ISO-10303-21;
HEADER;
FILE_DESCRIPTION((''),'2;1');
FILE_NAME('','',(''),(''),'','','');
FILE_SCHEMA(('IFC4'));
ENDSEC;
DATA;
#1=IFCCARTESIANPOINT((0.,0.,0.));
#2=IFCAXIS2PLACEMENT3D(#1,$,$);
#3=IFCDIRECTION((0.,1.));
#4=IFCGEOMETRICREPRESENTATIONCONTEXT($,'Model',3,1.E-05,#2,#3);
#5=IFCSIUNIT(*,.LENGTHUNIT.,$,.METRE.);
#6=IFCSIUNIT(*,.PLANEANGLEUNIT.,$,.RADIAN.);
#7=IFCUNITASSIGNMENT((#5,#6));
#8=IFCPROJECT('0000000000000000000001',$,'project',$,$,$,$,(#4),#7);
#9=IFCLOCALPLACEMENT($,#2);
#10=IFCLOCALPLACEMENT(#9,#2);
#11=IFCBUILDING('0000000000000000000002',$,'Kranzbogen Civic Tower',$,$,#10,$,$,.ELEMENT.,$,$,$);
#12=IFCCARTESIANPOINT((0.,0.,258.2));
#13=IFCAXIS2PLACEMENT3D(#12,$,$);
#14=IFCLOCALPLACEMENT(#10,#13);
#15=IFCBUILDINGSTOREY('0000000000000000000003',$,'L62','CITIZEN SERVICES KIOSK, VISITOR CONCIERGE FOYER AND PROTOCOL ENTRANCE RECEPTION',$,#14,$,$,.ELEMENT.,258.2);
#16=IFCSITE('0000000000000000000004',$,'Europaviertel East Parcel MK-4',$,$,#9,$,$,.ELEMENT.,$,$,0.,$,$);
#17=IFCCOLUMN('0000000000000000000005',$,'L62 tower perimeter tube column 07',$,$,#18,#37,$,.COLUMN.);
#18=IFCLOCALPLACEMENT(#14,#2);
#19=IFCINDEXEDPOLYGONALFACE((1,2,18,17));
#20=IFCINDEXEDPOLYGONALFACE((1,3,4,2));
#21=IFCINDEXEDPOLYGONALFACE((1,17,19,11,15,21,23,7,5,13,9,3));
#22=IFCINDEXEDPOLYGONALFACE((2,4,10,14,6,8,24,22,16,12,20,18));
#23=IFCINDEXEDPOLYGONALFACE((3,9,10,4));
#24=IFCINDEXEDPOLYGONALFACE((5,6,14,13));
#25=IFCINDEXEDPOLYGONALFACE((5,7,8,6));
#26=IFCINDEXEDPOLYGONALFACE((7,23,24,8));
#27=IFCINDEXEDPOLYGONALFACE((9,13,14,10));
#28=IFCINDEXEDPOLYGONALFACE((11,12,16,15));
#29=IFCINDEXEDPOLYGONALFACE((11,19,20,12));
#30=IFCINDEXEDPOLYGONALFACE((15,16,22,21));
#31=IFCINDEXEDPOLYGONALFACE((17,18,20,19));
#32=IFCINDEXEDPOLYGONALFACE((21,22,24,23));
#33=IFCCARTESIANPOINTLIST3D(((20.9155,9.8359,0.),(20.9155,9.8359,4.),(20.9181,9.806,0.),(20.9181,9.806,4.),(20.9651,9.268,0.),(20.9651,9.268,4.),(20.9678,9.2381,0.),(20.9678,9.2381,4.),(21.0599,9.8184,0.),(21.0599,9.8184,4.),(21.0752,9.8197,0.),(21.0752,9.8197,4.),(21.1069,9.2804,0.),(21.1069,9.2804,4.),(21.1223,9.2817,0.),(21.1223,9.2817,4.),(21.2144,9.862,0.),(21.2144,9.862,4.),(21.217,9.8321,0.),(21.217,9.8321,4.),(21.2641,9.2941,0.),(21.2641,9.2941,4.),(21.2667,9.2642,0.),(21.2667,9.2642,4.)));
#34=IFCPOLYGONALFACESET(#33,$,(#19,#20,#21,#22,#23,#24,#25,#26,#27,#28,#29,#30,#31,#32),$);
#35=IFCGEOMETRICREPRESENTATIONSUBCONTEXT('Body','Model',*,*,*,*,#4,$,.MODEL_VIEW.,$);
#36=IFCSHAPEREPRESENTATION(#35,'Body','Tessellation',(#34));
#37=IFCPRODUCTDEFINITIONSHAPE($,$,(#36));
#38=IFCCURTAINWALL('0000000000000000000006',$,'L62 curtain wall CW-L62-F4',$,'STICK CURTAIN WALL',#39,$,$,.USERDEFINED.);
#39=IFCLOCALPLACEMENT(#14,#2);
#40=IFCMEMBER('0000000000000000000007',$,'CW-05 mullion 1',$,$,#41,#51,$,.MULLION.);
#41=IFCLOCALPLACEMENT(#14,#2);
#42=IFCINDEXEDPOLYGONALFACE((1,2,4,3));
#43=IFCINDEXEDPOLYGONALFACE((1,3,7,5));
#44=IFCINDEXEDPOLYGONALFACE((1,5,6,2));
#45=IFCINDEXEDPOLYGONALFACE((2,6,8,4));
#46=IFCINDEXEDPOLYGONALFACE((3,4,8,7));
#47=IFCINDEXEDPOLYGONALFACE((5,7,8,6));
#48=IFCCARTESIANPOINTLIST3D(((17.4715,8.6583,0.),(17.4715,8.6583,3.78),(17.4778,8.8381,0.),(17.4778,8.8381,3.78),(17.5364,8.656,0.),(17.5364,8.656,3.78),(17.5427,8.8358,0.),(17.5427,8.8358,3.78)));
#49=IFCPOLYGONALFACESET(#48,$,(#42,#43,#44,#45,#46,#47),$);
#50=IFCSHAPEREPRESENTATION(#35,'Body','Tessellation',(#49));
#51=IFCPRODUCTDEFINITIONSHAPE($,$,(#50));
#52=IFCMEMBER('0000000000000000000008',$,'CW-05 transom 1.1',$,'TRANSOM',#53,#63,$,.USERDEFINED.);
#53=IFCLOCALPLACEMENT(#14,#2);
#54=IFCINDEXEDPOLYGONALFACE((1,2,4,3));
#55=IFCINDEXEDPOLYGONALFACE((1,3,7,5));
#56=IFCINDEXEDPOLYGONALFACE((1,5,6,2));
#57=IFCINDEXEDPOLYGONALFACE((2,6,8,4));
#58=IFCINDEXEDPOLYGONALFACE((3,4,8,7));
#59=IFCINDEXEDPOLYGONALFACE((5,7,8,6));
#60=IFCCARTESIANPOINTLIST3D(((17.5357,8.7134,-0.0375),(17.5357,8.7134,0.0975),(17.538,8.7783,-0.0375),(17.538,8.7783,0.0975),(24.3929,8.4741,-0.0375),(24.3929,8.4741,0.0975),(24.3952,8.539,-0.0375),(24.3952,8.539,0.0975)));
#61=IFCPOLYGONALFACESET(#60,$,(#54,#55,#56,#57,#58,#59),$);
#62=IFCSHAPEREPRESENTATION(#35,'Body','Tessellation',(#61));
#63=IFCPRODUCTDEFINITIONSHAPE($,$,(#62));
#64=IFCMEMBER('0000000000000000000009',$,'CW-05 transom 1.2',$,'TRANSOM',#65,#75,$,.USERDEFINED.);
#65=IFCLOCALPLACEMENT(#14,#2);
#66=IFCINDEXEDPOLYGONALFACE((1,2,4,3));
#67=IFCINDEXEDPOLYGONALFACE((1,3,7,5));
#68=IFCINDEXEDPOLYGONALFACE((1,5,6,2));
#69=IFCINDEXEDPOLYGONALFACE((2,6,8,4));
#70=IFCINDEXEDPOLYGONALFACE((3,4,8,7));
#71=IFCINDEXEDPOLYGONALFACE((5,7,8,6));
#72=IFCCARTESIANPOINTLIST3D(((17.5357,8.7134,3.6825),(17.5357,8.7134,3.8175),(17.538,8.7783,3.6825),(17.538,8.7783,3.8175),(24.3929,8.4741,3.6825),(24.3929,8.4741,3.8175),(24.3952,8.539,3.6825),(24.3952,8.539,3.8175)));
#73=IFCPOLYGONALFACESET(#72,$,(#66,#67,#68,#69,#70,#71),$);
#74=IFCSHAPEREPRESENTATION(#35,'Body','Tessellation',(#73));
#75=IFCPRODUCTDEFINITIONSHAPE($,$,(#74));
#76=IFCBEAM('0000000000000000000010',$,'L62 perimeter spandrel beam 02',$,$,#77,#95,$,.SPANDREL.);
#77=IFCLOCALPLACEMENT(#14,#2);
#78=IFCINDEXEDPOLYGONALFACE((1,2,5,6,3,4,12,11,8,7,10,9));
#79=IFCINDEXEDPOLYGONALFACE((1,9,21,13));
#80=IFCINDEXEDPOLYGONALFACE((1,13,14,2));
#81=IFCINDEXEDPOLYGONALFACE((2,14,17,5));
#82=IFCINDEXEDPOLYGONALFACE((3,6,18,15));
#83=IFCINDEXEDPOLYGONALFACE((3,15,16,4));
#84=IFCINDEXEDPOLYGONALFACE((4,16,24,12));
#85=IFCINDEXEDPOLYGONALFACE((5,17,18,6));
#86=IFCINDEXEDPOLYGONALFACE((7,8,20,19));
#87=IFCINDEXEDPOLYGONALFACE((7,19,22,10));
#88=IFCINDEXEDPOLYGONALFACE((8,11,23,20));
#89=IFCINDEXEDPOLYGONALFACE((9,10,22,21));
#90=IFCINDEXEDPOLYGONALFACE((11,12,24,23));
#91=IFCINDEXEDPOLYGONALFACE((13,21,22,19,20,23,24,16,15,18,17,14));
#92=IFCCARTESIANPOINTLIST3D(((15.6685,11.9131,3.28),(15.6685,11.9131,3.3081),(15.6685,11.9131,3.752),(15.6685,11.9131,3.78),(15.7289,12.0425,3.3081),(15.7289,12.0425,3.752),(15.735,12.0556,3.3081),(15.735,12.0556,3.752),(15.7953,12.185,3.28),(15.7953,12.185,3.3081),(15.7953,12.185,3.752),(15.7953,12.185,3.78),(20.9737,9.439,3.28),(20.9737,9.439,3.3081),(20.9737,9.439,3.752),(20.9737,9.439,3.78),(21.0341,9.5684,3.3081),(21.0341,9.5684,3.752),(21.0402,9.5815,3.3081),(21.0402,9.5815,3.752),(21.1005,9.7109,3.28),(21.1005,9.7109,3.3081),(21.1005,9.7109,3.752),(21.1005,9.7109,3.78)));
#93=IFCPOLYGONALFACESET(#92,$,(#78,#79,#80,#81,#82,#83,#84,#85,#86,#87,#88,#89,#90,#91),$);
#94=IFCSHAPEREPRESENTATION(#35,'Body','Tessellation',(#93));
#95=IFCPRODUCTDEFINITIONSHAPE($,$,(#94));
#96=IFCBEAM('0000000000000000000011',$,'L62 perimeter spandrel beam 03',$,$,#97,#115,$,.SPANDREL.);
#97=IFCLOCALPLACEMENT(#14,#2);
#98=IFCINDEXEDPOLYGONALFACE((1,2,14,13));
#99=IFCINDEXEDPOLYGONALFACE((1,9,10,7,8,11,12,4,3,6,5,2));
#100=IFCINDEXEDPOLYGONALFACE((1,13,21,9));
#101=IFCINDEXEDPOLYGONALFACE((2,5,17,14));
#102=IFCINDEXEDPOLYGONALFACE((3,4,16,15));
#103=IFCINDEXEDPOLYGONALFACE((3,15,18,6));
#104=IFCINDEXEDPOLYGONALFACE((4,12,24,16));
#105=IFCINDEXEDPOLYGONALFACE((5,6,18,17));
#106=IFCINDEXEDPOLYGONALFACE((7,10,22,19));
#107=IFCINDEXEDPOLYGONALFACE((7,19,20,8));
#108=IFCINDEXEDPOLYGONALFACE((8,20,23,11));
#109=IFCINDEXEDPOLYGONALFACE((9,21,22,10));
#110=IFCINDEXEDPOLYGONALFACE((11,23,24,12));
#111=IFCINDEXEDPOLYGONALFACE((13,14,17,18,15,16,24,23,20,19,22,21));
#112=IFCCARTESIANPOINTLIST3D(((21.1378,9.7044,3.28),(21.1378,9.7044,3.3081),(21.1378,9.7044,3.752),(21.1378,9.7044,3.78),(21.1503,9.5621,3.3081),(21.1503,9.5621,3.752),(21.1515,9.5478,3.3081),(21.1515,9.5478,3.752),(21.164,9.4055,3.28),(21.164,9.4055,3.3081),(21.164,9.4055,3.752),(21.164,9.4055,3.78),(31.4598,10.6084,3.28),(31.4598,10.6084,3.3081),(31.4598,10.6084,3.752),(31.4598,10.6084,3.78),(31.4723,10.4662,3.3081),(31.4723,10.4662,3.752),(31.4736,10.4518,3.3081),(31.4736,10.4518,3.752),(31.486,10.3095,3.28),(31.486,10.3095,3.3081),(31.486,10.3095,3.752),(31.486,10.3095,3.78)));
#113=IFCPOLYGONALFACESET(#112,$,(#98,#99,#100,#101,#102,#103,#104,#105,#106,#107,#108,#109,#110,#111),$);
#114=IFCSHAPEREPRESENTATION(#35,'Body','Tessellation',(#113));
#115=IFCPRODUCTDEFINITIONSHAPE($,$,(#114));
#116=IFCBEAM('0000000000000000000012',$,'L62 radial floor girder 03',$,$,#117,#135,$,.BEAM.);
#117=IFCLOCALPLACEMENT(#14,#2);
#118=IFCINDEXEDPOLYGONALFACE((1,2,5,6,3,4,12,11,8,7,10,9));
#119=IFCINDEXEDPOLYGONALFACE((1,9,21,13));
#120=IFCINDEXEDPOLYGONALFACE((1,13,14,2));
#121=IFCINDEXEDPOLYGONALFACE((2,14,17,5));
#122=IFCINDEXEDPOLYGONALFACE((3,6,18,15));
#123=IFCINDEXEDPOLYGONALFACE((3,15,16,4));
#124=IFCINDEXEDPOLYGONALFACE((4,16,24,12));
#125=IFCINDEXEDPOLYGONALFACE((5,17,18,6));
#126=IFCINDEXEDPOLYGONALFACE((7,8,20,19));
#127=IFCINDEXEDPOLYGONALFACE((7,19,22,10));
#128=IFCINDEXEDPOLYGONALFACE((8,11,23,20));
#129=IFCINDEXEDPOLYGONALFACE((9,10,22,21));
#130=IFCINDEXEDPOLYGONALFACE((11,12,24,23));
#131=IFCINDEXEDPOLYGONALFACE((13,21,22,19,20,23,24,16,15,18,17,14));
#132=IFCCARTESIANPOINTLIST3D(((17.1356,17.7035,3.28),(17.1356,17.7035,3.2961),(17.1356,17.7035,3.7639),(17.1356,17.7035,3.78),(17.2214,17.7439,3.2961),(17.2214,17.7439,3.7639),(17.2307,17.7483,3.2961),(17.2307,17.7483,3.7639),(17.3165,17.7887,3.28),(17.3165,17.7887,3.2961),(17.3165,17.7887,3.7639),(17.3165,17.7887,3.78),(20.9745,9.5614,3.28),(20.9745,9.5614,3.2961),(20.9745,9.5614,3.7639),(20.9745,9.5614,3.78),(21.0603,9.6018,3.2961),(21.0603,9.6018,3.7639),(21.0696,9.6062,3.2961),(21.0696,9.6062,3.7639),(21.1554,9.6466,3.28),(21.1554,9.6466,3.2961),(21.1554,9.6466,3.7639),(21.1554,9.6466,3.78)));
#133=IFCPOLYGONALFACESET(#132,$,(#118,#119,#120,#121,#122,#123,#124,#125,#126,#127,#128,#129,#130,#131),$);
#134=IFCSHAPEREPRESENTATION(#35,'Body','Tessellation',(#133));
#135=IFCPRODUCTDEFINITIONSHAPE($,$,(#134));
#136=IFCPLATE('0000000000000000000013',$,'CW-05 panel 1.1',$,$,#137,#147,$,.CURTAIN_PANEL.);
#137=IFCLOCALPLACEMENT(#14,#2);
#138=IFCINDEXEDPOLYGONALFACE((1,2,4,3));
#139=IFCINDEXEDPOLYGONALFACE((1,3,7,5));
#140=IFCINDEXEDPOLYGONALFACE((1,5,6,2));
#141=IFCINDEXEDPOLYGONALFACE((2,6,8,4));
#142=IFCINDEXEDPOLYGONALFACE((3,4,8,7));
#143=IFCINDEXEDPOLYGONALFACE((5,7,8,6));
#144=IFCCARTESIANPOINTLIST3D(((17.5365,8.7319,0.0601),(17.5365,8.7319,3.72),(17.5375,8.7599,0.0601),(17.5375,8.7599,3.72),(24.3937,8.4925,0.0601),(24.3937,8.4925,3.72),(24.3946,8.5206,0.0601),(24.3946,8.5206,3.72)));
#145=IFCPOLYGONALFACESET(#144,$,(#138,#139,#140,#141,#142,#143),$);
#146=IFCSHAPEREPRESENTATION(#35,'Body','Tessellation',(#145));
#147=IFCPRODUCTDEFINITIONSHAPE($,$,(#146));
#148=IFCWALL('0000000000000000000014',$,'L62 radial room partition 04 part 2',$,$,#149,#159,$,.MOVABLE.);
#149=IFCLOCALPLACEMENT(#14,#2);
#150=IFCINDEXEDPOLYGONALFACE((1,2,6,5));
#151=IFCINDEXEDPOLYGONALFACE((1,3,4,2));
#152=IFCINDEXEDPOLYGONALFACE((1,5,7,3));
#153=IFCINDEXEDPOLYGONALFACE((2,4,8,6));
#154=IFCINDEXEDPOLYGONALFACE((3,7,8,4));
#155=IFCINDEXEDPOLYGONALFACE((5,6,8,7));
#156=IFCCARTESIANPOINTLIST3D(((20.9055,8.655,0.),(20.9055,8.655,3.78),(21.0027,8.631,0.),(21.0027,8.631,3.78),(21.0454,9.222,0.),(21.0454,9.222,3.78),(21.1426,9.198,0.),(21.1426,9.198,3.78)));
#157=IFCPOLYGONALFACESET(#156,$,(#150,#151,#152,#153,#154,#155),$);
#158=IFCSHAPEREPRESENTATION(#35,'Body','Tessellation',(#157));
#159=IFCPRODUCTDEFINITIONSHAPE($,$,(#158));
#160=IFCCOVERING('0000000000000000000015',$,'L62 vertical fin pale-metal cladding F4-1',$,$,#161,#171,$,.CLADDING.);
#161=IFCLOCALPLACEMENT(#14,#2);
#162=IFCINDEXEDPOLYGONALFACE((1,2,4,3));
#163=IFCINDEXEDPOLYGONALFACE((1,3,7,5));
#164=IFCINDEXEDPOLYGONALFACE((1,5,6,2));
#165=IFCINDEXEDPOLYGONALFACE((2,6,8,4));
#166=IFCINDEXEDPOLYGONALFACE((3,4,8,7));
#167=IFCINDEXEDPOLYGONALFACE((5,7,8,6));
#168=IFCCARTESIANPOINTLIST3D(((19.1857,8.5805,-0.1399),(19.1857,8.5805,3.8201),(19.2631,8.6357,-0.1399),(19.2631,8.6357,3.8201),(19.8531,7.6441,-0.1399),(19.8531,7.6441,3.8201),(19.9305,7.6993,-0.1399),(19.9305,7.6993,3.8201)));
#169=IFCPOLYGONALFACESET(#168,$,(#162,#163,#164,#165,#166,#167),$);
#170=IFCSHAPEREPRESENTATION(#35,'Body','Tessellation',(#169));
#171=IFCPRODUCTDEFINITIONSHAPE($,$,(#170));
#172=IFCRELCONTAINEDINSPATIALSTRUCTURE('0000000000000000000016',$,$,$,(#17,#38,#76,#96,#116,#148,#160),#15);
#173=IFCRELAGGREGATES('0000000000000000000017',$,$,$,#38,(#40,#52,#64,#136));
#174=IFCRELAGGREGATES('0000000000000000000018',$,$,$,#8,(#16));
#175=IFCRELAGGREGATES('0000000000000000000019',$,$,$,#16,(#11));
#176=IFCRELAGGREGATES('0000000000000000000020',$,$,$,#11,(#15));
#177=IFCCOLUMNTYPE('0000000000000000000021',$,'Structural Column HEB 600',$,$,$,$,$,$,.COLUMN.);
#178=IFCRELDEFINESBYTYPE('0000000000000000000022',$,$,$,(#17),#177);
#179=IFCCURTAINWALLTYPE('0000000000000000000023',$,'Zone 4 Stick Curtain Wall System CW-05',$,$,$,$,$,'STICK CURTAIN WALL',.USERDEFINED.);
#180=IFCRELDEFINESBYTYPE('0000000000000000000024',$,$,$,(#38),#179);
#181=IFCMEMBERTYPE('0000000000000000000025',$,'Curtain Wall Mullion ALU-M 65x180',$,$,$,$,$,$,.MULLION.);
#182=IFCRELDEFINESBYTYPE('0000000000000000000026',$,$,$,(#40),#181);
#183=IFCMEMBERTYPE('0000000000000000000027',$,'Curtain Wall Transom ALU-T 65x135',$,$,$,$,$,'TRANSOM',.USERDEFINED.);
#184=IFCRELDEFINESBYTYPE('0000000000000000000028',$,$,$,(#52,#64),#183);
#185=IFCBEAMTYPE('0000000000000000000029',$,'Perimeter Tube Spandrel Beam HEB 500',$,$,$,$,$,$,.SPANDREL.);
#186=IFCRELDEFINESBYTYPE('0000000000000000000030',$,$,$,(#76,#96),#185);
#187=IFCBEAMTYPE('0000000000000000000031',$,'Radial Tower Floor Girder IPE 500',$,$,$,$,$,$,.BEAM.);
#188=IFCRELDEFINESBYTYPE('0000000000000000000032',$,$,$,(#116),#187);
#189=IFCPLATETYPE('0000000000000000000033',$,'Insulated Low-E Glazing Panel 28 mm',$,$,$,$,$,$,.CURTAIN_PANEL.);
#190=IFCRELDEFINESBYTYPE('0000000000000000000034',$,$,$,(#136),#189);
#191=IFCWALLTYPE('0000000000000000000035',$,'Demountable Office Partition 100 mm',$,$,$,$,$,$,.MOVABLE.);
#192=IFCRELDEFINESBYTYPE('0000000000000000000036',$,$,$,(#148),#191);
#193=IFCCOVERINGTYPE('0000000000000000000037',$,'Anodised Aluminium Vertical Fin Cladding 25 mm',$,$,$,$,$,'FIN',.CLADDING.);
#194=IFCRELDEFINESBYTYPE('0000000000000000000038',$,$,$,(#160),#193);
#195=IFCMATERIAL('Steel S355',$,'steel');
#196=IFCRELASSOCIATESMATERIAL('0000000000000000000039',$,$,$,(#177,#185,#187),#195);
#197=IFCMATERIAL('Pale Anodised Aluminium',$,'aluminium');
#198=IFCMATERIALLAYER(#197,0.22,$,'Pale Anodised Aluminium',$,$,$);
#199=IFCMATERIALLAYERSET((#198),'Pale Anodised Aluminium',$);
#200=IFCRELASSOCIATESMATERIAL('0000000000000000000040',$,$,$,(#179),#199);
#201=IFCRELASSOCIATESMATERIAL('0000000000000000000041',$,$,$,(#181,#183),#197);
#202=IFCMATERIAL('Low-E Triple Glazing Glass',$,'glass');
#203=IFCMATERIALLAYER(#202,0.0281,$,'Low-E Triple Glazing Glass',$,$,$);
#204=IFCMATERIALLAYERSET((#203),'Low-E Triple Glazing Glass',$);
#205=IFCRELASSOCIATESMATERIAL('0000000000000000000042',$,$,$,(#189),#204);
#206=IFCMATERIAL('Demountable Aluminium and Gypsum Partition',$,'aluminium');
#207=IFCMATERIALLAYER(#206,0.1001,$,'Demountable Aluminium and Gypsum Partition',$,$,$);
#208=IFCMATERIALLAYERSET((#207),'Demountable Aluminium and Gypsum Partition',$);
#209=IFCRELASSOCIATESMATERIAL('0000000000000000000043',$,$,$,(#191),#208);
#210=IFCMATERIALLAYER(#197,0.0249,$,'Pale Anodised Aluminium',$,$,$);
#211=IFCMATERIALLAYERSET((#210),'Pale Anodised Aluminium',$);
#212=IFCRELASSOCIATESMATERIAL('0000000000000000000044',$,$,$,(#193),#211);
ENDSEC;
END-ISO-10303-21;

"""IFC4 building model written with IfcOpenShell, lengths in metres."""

from ifc_helpers import new_model, si_unit, direction, frame, frame_2d, origin, origin_2d, place, context, subcontext, project, spatial, rectangle, i_section, extrude, material, layer, layer_set, material_profile, profile_set, type_object, element, aggregate, save


model = new_model("IFC4")

# Units and contexts
model_context = context("Model", 3, precision=1e-05, world=origin(), true_north=direction((0.0, 1.0)))
body_context = subcontext(model_context, "Body", "Model", "MODEL_VIEW")
ifc_project = project(units=[si_unit("LENGTHUNIT", "METRE"), si_unit("PLANEANGLEUNIT", "RADIAN")], contexts=[model_context])

# Site, building, storey
site_placement = place(None, origin())
site = spatial("IfcSite", under=ifc_project, at=site_placement, Name="Europaviertel East Parcel MK-4", CompositionType="ELEMENT", RefElevation=0.0)
building_placement = place(site_placement, origin())
building = spatial("IfcBuilding", under=site, at=building_placement, Name="Kranzbogen Civic Tower", CompositionType="ELEMENT")
storey_placement = place(building_placement, frame((0.0, 0.0, 258.2)))
storey = spatial("IfcBuildingStorey", under=building, at=storey_placement, Name="L62", Description="CITIZEN SERVICES KIOSK, VISITOR CONCIERGE FOYER AND PROTOCOL ENTRANCE RECEPTION", CompositionType="ELEMENT", Elevation=258.2)

# Column
ifc_material_1 = material(Name="Steel S355", Category="steel")
ifc_material_profile_1 = material_profile(ifc_material_1, i_section(OverallWidth=0.3, OverallDepth=0.6001, WebThickness=0.0154, FlangeThickness=0.03, at=origin_2d()), Name="HEB 600")
ifc_profile_set_1 = profile_set([ifc_material_profile_1], Name="Steel S355")
column_type = type_object("IfcColumnType", Name="Structural Column HEB 600", PredefinedType="COLUMN", material=ifc_profile_set_1)
column_placement = place(storey_placement, frame((21.0911, 9.55, 0.0), z_axis=(0.0, 0.0, 1.0), x_axis=(0.996195, 0.087156, 0.0)))
element("IfcColumn", 1, at=column_placement, inside=storey, type_object=column_type, Name="L62 tower perimeter tube column 07", PredefinedType="COLUMN", context=body_context, shape_type="SweptSolid", body=[
    extrude(i_section(OverallWidth=0.3, OverallDepth=0.6001, WebThickness=0.0154, FlangeThickness=0.03, at=origin_2d()), origin(), (0.0, 0.0, 1.0), 4.0),
])

# Curtain wall, members
ifc_material_2 = material(Name="Pale Anodised Aluminium", Category="aluminium")
ifc_layer_1 = layer(ifc_material_2, 0.22, Name="Pale Anodised Aluminium")
ifc_layer_set_1 = layer_set([ifc_layer_1], Name="Pale Anodised Aluminium")
curtain_wall_type = type_object("IfcCurtainWallType", Name="Zone 4 Stick Curtain Wall System CW-05", ElementType="STICK CURTAIN WALL", PredefinedType="USERDEFINED", material=ifc_layer_set_1)
curtain_wall_placement = place(storey_placement, origin())
curtain_wall = element("IfcCurtainWall", 2, at=curtain_wall_placement, inside=storey, type_object=curtain_wall_type, Name="L62 curtain wall CW-L62-F4", ObjectType="STICK CURTAIN WALL", PredefinedType="USERDEFINED")
ifc_material_profile_2 = material_profile(ifc_material_2, rectangle(XDim=0.0649, YDim=0.1799, at=origin_2d()), Name="ALU-M 65x180")
ifc_profile_set_2 = profile_set([ifc_material_profile_2], Name="Pale Anodised Aluminium")
member_type_1 = type_object("IfcMemberType", Name="Curtain Wall Mullion ALU-M 65x180", PredefinedType="MULLION", material=ifc_profile_set_2)
member_1_placement = place(storey_placement, frame((17.5071, 8.7471, 0.0), z_axis=(0.0, 0.0, 1.0), x_axis=(0.999391, -0.034886, 0.0)))
member_1 = element("IfcMember", 3, at=member_1_placement, type_object=member_type_1, Name="CW-05 mullion 1", PredefinedType="MULLION", context=body_context, shape_type="SweptSolid", body=[
    extrude(rectangle(XDim=0.0649, YDim=0.1799, at=origin_2d()), origin(), (0.0, 0.0, 1.0), 3.78),
])
ifc_material_profile_3 = material_profile(ifc_material_2, rectangle(XDim=0.0649, YDim=0.135, at=origin_2d()), Name="ALU-T 65x135")
ifc_profile_set_3 = profile_set([ifc_material_profile_3], Name="Pale Anodised Aluminium")
member_type_2 = type_object("IfcMemberType", Name="Curtain Wall Transom ALU-T 65x135", ElementType="TRANSOM", PredefinedType="USERDEFINED", material=ifc_profile_set_3)
member_2_placement = place(storey_placement, frame((17.5369, 8.7458, 0.03), z_axis=(0.999392, -0.03487, 0.0), x_axis=(0.03487, 0.999392, 0.0)))
member_2 = element("IfcMember", 4, at=member_2_placement, type_object=member_type_2, Name="CW-05 transom 1.1", ObjectType="TRANSOM", PredefinedType="USERDEFINED", context=body_context, shape_type="SweptSolid", body=[
    extrude(rectangle(XDim=0.0649, YDim=0.135, at=origin_2d()), origin(), (0.0, 0.0, 1.0), 6.8613),
])
member_3_placement = place(storey_placement, frame((17.5369, 8.7458, 3.75), z_axis=(0.999392, -0.03487, 0.0), x_axis=(0.03487, 0.999392, 0.0)))
member_3 = element("IfcMember", 5, at=member_3_placement, type_object=member_type_2, Name="CW-05 transom 1.2", ObjectType="TRANSOM", PredefinedType="USERDEFINED", context=body_context, shape_type="SweptSolid", body=[
    extrude(rectangle(XDim=0.0649, YDim=0.135, at=origin_2d()), origin(), (0.0, 0.0, 1.0), 6.8613),
])

# Beams
ifc_material_profile_4 = material_profile(ifc_material_1, i_section(OverallWidth=0.3, OverallDepth=0.5, WebThickness=0.0144, FlangeThickness=0.0281, at=origin_2d()), Name="HEB 500")
ifc_profile_set_4 = profile_set([ifc_material_profile_4], Name="Steel S355")
beam_type_1 = type_object("IfcBeamType", Name="Perimeter Tube Spandrel Beam HEB 500", PredefinedType="SPANDREL", material=ifc_profile_set_4)
beam_1_placement = place(storey_placement, frame((15.7319, 12.0491, 3.53), z_axis=(0.90629, -0.422657, 0.0), x_axis=(0.422657, 0.90629, 0.0)))
element("IfcBeam", 6, at=beam_1_placement, inside=storey, type_object=beam_type_1, Name="L62 perimeter spandrel beam 02", PredefinedType="SPANDREL", context=body_context, shape_type="SweptSolid", body=[
    extrude(i_section(OverallWidth=0.3, OverallDepth=0.5, WebThickness=0.0144, FlangeThickness=0.0281, at=origin_2d()), origin(), (0.0, 0.0, 1.0), 5.8538),
])
beam_2_placement = place(storey_placement, frame((21.1509, 9.5549, 3.53), z_axis=(0.996186, 0.087251, 0.0), x_axis=(-0.087251, 0.996186, 0.0)))
element("IfcBeam", 7, at=beam_2_placement, inside=storey, type_object=beam_type_1, Name="L62 perimeter spandrel beam 03", PredefinedType="SPANDREL", context=body_context, shape_type="SweptSolid", body=[
    extrude(i_section(OverallWidth=0.3, OverallDepth=0.5, WebThickness=0.0144, FlangeThickness=0.0281, at=origin_2d()), origin(), (0.0, 0.0, 1.0), 10.3616),
])
ifc_material_profile_5 = material_profile(ifc_material_1, i_section(OverallWidth=0.2, OverallDepth=0.5, WebThickness=0.0103, FlangeThickness=0.0161, at=origin_2d()), Name="IPE 500")
ifc_profile_set_5 = profile_set([ifc_material_profile_5], Name="Steel S355")
beam_type_2 = type_object("IfcBeamType", Name="Radial Tower Floor Girder IPE 500", PredefinedType="BEAM", material=ifc_profile_set_5)
beam_3_placement = place(storey_placement, frame((21.0649, 9.604, 3.53), z_axis=(-0.42646, 0.904506, 0.0), x_axis=(-0.904506, -0.42646, 0.0)))
element("IfcBeam", 8, at=beam_3_placement, inside=storey, type_object=beam_type_2, Name="L62 radial floor girder 03", PredefinedType="BEAM", context=body_context, shape_type="SweptSolid", body=[
    extrude(i_section(OverallWidth=0.2, OverallDepth=0.5, WebThickness=0.0103, FlangeThickness=0.0161, at=origin_2d()), origin(), (0.0, 0.0, 1.0), 9.0017),
])

# Plate
ifc_material_3 = material(Name="Low-E Triple Glazing Glass", Category="glass")
ifc_layer_2 = layer(ifc_material_3, 0.0281, Name="Low-E Triple Glazing Glass")
ifc_layer_set_2 = layer_set([ifc_layer_2], Name="Low-E Triple Glazing Glass")
plate_type = type_object("IfcPlateType", Name="Insulated Low-E Glazing Panel 28 mm", PredefinedType="CURTAIN_PANEL", material=ifc_layer_set_2)
plate_placement = place(storey_placement, frame((20.9656, 8.6262, 0.0601), z_axis=(0.0, 0.0, 1.0), x_axis=(0.999391, -0.034886, 0.0)))
plate = element("IfcPlate", 9, at=plate_placement, type_object=plate_type, Name="CW-05 panel 1.1", PredefinedType="CURTAIN_PANEL", context=body_context, shape_type="SweptSolid", body=[
    extrude(rectangle(XDim=6.8613, YDim=0.0281, at=origin_2d()), origin(), (0.0, 0.0, 1.0), 3.6599),
])
aggregate(curtain_wall, [member_1, member_2, member_3, plate])

# Wall
ifc_material_4 = material(Name="Demountable Aluminium and Gypsum Partition", Category="aluminium")
ifc_layer_3 = layer(ifc_material_4, 0.1001, Name="Demountable Aluminium and Gypsum Partition")
ifc_layer_set_3 = layer_set([ifc_layer_3], Name="Demountable Aluminium and Gypsum Partition")
wall_type = type_object("IfcWallType", Name="Demountable Office Partition 100 mm", PredefinedType="MOVABLE", material=ifc_layer_set_3)
wall_placement = place(storey_placement, frame((21.094, 9.21, 0.0), z_axis=(0.0, 0.0, 1.0), x_axis=(-0.239583, -0.970876, 0.0)))
element("IfcWall", 10, at=wall_placement, inside=storey, type_object=wall_type, Name="L62 radial room partition 04 part 2", PredefinedType="MOVABLE", context=body_context, shape_type="SweptSolid", body=[
    extrude(rectangle(XDim=0.584, YDim=0.1001, at=frame_2d((0.292, 0.0))), origin(), (0.0, 0.0, 1.0), 3.78),
])

# Covering
ifc_layer_4 = layer(ifc_material_2, 0.0249, Name="Pale Anodised Aluminium")
ifc_layer_set_4 = layer_set([ifc_layer_4], Name="Pale Anodised Aluminium")
covering_type = type_object("IfcCoveringType", Name="Anodised Aluminium Vertical Fin Cladding 25 mm", ElementType="FIN", PredefinedType="CLADDING", material=ifc_layer_set_4)
for number, where, z_axis, x_axis, name in (
    (11, (19.5581, 8.1399, -0.1399), (0.0, 0.0, 1.0), (0.580405, -0.814328, 0.0), "L62 vertical fin pale-metal cladding F4-1"),
):
    element("IfcCovering", number, at=place(storey_placement, frame(where, z_axis=z_axis, x_axis=x_axis)), inside=storey, type_object=covering_type, Name=name, PredefinedType="CLADDING", context=body_context, shape_type="SweptSolid", body=[
        extrude(rectangle(XDim=1.1499, YDim=0.095, at=origin_2d()), origin(), (0.0, 0.0, 1.0), 3.96),
    ])

save(model, "model.ifc")
